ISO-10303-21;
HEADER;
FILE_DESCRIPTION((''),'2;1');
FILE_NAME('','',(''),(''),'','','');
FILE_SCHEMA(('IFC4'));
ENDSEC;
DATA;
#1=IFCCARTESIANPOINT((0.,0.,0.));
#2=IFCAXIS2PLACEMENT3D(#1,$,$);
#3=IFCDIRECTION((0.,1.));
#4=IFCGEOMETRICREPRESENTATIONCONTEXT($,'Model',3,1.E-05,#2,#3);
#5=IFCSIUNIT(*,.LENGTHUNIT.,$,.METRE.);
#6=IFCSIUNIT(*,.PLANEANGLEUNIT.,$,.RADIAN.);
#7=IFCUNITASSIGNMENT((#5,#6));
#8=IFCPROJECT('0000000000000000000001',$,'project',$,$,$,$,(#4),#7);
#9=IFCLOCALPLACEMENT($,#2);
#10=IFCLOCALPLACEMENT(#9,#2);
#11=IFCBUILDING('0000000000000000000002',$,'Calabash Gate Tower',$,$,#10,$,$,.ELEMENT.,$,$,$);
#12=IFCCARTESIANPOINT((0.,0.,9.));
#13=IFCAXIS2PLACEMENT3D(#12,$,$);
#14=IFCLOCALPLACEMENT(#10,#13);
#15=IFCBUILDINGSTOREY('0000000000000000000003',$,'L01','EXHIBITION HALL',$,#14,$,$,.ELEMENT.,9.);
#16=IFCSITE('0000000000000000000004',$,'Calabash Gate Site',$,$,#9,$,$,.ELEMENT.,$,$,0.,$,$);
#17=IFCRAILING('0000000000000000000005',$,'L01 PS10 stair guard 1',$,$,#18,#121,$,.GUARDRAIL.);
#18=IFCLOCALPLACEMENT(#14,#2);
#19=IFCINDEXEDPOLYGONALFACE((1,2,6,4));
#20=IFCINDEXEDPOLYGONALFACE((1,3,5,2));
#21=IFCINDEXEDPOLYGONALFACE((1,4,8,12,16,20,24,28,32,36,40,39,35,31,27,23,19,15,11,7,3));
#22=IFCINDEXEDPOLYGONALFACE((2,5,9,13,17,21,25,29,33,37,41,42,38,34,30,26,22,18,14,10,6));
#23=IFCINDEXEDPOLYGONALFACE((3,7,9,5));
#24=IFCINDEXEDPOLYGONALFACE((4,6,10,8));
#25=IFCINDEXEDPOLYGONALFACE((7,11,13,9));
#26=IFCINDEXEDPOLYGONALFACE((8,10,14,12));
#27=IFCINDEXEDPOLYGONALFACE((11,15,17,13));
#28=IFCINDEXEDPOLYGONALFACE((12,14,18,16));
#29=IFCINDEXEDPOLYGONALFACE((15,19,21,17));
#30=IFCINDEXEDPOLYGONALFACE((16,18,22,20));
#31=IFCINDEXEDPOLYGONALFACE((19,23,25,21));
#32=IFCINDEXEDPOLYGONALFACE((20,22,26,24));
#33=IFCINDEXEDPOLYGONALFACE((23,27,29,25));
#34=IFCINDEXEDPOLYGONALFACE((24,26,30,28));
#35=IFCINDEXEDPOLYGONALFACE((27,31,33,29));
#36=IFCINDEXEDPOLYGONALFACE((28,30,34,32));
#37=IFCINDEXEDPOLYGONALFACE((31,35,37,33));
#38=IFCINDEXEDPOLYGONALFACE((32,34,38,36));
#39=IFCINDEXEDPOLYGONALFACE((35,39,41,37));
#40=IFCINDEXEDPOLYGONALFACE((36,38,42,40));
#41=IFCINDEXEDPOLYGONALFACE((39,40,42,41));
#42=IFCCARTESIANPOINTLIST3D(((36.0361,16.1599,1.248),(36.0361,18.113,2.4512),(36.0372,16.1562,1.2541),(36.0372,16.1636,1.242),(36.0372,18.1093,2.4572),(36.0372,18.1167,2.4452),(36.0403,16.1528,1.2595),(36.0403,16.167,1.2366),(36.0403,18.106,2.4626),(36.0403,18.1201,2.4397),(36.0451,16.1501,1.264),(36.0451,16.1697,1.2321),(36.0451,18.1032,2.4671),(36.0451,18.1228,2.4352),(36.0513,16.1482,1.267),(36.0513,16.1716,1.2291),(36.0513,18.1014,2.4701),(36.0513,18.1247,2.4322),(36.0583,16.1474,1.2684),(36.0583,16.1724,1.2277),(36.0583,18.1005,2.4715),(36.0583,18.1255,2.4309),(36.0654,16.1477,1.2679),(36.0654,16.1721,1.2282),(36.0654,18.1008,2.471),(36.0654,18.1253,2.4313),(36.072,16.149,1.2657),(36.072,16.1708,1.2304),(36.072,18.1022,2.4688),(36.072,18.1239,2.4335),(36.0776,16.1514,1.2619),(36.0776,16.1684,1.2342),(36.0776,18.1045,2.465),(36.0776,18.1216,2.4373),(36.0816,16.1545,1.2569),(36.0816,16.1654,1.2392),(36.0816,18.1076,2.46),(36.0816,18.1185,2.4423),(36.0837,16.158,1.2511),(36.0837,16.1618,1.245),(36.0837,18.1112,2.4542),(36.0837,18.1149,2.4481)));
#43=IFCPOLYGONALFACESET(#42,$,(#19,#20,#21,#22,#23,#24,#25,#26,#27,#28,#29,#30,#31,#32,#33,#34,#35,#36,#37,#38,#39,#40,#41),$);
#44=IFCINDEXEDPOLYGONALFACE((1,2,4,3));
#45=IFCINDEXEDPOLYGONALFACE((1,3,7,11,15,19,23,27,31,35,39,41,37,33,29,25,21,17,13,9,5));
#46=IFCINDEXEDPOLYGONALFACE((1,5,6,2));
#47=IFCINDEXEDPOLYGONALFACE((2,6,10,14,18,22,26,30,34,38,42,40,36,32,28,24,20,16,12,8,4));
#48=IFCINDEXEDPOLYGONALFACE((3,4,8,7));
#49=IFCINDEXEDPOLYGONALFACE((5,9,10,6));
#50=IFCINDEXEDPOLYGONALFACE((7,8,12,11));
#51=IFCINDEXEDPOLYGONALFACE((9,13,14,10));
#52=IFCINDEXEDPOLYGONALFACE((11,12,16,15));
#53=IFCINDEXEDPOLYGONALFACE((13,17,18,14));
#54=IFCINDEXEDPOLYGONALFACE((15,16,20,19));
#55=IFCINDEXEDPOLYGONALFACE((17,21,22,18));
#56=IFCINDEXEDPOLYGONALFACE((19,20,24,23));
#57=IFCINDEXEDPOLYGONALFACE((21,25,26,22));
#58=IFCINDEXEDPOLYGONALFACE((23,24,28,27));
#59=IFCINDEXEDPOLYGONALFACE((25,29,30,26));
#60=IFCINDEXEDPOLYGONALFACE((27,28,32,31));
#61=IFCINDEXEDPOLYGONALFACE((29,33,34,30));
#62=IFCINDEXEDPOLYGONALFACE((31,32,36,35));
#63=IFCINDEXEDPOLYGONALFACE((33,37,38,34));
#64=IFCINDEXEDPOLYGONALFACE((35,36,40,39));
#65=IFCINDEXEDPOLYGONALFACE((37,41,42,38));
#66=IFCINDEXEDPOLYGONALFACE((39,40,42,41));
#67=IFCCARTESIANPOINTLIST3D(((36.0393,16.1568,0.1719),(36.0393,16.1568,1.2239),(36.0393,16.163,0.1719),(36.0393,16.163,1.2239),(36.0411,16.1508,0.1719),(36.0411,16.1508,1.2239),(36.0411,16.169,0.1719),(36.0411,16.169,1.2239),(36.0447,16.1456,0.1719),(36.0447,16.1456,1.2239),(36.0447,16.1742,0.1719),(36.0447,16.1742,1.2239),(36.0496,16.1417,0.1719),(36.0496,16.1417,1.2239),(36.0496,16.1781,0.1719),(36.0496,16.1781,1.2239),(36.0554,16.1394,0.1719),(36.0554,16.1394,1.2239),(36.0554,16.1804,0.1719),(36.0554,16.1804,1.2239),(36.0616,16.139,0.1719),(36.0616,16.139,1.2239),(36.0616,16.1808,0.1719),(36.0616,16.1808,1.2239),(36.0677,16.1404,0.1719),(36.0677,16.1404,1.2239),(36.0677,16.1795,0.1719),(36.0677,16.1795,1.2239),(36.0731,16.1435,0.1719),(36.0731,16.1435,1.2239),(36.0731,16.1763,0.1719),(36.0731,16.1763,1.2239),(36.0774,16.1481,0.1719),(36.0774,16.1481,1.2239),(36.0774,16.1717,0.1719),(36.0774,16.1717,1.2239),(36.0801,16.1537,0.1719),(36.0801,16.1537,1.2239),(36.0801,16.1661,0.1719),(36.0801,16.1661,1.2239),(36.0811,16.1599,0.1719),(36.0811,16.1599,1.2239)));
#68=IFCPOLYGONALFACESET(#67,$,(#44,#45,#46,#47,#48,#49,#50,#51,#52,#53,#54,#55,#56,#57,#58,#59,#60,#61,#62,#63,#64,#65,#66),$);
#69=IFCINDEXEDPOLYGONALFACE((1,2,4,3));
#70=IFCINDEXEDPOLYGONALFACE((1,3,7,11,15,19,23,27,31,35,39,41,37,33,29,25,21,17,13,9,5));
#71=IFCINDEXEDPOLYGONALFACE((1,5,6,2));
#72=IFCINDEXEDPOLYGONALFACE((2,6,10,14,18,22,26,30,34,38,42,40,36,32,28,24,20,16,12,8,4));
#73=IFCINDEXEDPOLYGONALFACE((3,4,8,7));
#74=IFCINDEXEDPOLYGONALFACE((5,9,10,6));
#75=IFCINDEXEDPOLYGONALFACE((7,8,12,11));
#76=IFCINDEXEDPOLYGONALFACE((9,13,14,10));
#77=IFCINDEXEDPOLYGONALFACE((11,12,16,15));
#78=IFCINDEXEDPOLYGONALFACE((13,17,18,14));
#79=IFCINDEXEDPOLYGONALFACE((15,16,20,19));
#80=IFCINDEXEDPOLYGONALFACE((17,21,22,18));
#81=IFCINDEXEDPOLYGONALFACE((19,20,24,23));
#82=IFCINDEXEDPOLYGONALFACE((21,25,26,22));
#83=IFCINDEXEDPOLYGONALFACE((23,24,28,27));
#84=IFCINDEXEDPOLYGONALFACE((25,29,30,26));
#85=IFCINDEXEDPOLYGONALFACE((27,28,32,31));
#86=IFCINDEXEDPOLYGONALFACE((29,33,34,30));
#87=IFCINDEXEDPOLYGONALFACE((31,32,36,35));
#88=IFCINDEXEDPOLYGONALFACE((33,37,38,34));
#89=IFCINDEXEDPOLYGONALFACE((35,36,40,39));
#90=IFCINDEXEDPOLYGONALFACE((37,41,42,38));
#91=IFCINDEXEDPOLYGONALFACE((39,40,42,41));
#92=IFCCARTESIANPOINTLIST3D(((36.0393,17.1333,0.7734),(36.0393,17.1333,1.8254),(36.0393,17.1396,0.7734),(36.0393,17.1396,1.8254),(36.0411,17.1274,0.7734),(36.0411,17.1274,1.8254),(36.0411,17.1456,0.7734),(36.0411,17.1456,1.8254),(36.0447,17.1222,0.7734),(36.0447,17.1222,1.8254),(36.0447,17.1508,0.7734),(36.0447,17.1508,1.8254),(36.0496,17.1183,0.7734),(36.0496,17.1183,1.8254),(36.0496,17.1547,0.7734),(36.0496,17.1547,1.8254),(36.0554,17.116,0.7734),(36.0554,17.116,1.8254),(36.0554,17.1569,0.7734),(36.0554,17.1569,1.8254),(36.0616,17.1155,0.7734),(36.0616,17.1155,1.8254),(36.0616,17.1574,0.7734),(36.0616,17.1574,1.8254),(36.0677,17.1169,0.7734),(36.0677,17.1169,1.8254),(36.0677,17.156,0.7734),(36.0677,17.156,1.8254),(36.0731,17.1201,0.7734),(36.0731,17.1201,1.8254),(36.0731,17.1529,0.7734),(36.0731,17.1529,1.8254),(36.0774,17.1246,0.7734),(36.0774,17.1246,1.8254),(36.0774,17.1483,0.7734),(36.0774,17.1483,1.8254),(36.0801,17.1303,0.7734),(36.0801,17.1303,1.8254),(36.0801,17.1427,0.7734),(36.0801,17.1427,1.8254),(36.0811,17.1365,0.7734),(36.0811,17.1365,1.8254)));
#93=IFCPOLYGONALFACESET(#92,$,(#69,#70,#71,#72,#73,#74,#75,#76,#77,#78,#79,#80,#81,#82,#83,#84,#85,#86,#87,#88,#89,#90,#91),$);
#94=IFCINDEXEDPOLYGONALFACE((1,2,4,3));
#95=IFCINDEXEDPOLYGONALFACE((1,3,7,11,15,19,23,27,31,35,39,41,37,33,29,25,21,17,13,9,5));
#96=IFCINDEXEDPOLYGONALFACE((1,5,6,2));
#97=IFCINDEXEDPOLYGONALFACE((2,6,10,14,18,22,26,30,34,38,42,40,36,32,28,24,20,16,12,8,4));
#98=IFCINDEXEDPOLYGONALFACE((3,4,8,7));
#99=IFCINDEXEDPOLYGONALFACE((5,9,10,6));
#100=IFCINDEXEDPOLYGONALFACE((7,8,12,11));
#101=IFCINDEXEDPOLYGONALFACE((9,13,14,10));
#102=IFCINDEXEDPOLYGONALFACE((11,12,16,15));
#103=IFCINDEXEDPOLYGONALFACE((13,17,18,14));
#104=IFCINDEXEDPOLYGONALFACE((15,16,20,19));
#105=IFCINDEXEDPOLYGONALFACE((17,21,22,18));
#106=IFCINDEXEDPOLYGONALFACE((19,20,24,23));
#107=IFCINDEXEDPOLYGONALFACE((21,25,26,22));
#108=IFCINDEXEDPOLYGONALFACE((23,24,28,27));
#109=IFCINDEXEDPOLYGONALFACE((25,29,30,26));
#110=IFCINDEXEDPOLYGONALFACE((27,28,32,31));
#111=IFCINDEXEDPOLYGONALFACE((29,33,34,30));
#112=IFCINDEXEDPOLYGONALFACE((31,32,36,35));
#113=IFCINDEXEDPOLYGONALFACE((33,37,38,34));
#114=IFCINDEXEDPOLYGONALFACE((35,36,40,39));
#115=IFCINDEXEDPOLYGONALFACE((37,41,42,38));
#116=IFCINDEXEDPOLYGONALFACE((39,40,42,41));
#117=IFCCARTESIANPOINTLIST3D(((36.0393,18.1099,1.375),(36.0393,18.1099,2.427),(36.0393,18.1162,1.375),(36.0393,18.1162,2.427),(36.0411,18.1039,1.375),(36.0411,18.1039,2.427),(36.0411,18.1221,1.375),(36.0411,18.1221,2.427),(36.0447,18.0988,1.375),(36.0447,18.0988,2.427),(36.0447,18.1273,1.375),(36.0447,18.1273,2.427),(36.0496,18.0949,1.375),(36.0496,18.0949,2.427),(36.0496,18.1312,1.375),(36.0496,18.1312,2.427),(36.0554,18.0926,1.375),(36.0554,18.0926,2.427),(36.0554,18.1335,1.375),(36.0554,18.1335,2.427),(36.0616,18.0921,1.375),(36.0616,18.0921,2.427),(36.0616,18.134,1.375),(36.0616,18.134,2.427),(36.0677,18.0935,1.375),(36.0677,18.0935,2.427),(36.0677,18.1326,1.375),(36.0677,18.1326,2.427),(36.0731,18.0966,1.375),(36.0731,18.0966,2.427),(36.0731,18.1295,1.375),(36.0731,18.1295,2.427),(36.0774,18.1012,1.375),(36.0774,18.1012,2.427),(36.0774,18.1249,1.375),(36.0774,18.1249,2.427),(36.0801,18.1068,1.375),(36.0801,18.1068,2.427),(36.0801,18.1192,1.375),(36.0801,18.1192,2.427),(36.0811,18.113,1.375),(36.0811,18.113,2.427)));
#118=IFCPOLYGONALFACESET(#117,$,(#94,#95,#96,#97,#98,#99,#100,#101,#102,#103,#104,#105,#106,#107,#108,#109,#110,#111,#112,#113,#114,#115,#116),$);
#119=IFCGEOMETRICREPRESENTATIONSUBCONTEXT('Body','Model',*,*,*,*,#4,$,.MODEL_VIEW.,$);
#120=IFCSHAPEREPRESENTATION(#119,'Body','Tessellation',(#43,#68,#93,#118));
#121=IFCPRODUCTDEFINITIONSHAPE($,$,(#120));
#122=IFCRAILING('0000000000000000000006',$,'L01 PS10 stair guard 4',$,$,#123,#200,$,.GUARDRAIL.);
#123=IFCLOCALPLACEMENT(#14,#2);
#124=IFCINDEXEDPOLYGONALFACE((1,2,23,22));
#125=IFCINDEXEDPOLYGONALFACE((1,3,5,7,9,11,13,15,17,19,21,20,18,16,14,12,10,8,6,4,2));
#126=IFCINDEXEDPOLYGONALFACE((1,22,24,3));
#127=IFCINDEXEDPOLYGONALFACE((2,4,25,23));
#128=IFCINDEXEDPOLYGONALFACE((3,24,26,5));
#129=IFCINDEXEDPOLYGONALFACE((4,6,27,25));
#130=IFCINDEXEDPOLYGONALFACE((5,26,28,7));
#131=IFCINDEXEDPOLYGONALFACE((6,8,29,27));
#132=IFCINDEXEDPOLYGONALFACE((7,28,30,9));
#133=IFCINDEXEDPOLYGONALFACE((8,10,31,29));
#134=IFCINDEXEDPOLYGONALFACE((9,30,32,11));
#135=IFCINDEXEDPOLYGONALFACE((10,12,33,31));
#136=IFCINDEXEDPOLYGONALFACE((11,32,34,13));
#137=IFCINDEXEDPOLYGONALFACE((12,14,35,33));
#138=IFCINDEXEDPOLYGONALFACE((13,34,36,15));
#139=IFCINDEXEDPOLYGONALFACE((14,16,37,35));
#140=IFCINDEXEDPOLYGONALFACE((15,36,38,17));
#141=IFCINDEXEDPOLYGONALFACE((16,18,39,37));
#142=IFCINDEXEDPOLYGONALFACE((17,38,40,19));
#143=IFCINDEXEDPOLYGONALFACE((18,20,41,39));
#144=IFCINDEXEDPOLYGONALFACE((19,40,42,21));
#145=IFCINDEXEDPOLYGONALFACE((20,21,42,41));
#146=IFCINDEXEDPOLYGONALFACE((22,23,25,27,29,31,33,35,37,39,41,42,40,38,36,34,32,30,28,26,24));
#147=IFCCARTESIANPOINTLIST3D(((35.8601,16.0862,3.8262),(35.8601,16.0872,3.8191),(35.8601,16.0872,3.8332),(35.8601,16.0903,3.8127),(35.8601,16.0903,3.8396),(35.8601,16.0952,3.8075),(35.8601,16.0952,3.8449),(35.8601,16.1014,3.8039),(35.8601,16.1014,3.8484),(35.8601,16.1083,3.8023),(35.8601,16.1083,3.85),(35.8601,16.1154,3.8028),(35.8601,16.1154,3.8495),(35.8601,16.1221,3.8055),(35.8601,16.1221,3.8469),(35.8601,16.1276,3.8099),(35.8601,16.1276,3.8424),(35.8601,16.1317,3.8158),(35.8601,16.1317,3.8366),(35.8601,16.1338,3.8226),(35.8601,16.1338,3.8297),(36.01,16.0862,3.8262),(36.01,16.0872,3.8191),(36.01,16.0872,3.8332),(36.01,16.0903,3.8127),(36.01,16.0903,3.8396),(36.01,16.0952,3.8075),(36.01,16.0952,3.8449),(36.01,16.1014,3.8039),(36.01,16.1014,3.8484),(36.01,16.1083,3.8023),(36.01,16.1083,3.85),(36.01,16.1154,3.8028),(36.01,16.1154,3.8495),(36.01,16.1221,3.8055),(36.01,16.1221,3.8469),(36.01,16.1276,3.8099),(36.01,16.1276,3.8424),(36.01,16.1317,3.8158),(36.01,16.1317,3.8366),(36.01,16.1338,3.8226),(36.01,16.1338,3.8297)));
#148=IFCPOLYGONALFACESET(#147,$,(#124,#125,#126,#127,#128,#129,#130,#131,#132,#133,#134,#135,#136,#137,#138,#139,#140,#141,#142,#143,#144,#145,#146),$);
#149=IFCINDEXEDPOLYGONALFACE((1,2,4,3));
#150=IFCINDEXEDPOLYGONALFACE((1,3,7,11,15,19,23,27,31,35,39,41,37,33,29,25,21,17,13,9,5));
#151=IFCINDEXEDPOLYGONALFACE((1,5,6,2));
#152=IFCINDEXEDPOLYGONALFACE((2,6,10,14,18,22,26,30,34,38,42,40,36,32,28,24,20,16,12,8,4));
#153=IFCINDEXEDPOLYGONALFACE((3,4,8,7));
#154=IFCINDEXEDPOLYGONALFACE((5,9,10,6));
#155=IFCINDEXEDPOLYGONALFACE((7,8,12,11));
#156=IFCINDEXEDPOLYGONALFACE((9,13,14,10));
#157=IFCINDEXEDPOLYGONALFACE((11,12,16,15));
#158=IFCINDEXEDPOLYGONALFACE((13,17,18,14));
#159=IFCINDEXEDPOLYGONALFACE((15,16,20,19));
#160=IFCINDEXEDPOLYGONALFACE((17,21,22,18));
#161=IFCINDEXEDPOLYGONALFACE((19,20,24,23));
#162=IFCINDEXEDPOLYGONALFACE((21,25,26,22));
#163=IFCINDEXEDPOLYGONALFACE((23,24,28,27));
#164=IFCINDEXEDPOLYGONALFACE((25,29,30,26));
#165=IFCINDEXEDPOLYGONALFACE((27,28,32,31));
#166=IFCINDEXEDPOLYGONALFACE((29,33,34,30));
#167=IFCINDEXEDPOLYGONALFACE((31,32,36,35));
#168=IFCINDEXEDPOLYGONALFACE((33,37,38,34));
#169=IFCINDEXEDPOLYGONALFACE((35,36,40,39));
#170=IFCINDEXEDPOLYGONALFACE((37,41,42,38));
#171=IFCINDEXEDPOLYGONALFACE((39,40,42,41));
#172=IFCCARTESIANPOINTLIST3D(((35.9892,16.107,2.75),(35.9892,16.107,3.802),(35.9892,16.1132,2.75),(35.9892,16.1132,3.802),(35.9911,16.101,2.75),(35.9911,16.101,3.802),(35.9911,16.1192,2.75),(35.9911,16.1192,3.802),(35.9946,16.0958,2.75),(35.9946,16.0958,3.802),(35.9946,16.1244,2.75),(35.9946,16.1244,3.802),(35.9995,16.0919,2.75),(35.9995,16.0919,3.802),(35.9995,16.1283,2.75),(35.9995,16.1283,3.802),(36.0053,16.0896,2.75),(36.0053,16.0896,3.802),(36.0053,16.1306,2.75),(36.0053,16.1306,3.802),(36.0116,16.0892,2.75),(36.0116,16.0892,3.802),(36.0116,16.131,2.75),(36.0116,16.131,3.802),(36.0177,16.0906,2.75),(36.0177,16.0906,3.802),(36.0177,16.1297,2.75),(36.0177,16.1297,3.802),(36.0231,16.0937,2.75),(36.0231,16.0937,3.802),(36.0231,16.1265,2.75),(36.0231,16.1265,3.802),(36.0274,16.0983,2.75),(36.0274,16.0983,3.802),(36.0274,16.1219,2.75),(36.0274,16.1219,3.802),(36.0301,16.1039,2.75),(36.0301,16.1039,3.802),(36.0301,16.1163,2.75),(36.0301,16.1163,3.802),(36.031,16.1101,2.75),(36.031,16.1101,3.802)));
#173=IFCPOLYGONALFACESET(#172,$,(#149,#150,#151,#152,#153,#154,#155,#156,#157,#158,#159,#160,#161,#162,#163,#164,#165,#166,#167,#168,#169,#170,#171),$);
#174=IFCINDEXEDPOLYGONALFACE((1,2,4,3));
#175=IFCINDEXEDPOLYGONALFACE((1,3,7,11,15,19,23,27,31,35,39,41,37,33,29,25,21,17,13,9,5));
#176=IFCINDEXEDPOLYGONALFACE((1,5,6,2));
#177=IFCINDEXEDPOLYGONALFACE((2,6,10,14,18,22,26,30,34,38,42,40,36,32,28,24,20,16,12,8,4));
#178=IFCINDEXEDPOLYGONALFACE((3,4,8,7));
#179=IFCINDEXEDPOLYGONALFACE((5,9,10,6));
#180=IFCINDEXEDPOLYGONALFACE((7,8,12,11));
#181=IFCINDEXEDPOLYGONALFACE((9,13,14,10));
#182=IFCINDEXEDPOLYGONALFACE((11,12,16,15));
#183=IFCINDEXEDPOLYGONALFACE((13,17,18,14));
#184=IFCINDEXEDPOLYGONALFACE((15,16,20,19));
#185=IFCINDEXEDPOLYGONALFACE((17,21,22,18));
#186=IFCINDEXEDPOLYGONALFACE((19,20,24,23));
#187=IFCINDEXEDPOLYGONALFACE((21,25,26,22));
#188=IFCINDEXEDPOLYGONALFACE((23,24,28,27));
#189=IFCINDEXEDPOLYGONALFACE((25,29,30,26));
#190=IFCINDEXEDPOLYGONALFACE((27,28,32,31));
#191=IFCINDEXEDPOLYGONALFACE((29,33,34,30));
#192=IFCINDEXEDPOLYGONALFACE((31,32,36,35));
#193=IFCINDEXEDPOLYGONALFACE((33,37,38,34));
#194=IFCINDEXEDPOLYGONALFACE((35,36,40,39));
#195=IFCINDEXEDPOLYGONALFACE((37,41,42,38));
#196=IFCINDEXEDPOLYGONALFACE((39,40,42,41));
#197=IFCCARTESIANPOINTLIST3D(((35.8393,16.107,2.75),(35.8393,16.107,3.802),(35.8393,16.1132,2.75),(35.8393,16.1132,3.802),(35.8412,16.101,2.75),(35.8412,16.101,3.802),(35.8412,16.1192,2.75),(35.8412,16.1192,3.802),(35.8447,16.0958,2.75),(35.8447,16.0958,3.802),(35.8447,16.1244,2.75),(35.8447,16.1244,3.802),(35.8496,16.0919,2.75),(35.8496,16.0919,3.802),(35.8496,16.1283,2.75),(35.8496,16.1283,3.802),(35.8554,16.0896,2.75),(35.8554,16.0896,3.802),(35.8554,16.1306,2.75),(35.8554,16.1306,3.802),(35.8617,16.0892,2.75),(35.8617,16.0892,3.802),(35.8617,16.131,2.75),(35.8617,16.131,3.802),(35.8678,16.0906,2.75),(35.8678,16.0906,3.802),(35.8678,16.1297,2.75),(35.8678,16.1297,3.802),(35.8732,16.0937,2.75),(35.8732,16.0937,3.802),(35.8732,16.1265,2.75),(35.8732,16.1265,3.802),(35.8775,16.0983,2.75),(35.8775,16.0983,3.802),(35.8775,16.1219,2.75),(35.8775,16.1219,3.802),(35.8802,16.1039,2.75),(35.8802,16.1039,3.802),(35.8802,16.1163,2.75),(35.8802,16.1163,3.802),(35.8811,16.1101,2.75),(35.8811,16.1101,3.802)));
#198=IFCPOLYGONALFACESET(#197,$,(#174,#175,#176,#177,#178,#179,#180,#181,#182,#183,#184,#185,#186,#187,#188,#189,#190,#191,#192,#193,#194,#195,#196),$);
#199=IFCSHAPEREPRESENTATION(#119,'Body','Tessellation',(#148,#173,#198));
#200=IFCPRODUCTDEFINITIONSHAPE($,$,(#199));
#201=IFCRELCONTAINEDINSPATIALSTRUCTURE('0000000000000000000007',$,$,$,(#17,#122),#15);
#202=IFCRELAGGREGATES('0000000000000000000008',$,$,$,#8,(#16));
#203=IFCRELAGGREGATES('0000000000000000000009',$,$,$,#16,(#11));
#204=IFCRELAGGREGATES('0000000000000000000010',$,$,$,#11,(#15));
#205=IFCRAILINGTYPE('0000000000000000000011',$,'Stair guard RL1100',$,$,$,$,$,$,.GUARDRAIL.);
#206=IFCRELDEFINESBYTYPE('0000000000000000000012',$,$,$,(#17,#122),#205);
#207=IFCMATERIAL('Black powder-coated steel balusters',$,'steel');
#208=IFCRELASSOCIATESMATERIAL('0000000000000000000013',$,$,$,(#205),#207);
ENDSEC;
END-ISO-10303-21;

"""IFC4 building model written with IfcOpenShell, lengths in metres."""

from ifc_helpers import new_model, si_unit, direction, frame, origin, origin_2d, place, context, subcontext, project, spatial, circle, extrude, material, type_object, element, save


model = new_model("IFC4")

# Units and contexts
model_context = context("Model", 3, precision=1e-05, world=origin(), true_north=direction((0.0, 1.0)))
body_context = subcontext(model_context, "Body", "Model", "MODEL_VIEW")
ifc_project = project(units=[si_unit("LENGTHUNIT", "METRE"), si_unit("PLANEANGLEUNIT", "RADIAN")], contexts=[model_context])

# Site, building, storey
site_placement = place(None, origin())
site = spatial("IfcSite", under=ifc_project, at=site_placement, Name="Calabash Gate Site", CompositionType="ELEMENT", RefElevation=0.0)
building_placement = place(site_placement, origin())
building = spatial("IfcBuilding", under=site, at=building_placement, Name="Calabash Gate Tower", CompositionType="ELEMENT")
storey_placement = place(building_placement, frame((0.0, 0.0, 9.0)))
storey = spatial("IfcBuildingStorey", under=building, at=storey_placement, Name="L01", Description="EXHIBITION HALL", CompositionType="ELEMENT", Elevation=9.0)

# Railings
ifc_material_1 = material(Name="Black powder-coated steel balusters", Category="steel")
railing_type = type_object("IfcRailingType", Name="Stair guard RL1100", PredefinedType="GUARDRAIL", material=ifc_material_1)
railing_1_placement = place(storey_placement, frame((36.0601, 16.1599, 0.1719)))
element("IfcRailing", 1, at=railing_1_placement, inside=storey, type_object=railing_type, Name="L01 PS10 stair guard 1", PredefinedType="GUARDRAIL", context=body_context, shape_type="SweptSolid", body=[
    extrude(circle(Radius=0.0239, at=origin_2d()), frame((0.0, 0.0, 1.0762), z_axis=(0.0, 0.851424, 0.524477), x_axis=(-1.0, 0.0, 0.0)), (0.0, 0.0, 1.0), 2.2939),
    extrude(circle(Radius=0.021, at=origin_2d()), origin(), (0.0, 0.0, 1.0), 1.052),
    extrude(circle(Radius=0.021, at=origin_2d()), frame((0.0, 0.9766, 0.6016)), (0.0, 0.0, 1.0), 1.052),
    extrude(circle(Radius=0.021, at=origin_2d()), frame((0.0, 1.9531, 1.2031)), (0.0, 0.0, 1.0), 1.052),
])
railing_2_placement = place(storey_placement, frame((36.01, 16.1101, 2.75)))
element("IfcRailing", 2, at=railing_2_placement, inside=storey, type_object=railing_type, Name="L01 PS10 stair guard 4", PredefinedType="GUARDRAIL", context=body_context, shape_type="SweptSolid", body=[
    extrude(circle(Radius=0.0239, at=origin_2d()), frame((0.0, 0.0, 1.0762), z_axis=(-1.0, 0.0, 0.0), x_axis=(0.0, -1.0, 0.0)), (0.0, 0.0, 1.0), 0.1499),
    extrude(circle(Radius=0.021, at=origin_2d()), origin(), (0.0, 0.0, 1.0), 1.052),
    extrude(circle(Radius=0.021, at=origin_2d()), frame((-0.1499, 0.0, 0.0)), (0.0, 0.0, 1.0), 1.052),
])

save(model, "model.ifc")
